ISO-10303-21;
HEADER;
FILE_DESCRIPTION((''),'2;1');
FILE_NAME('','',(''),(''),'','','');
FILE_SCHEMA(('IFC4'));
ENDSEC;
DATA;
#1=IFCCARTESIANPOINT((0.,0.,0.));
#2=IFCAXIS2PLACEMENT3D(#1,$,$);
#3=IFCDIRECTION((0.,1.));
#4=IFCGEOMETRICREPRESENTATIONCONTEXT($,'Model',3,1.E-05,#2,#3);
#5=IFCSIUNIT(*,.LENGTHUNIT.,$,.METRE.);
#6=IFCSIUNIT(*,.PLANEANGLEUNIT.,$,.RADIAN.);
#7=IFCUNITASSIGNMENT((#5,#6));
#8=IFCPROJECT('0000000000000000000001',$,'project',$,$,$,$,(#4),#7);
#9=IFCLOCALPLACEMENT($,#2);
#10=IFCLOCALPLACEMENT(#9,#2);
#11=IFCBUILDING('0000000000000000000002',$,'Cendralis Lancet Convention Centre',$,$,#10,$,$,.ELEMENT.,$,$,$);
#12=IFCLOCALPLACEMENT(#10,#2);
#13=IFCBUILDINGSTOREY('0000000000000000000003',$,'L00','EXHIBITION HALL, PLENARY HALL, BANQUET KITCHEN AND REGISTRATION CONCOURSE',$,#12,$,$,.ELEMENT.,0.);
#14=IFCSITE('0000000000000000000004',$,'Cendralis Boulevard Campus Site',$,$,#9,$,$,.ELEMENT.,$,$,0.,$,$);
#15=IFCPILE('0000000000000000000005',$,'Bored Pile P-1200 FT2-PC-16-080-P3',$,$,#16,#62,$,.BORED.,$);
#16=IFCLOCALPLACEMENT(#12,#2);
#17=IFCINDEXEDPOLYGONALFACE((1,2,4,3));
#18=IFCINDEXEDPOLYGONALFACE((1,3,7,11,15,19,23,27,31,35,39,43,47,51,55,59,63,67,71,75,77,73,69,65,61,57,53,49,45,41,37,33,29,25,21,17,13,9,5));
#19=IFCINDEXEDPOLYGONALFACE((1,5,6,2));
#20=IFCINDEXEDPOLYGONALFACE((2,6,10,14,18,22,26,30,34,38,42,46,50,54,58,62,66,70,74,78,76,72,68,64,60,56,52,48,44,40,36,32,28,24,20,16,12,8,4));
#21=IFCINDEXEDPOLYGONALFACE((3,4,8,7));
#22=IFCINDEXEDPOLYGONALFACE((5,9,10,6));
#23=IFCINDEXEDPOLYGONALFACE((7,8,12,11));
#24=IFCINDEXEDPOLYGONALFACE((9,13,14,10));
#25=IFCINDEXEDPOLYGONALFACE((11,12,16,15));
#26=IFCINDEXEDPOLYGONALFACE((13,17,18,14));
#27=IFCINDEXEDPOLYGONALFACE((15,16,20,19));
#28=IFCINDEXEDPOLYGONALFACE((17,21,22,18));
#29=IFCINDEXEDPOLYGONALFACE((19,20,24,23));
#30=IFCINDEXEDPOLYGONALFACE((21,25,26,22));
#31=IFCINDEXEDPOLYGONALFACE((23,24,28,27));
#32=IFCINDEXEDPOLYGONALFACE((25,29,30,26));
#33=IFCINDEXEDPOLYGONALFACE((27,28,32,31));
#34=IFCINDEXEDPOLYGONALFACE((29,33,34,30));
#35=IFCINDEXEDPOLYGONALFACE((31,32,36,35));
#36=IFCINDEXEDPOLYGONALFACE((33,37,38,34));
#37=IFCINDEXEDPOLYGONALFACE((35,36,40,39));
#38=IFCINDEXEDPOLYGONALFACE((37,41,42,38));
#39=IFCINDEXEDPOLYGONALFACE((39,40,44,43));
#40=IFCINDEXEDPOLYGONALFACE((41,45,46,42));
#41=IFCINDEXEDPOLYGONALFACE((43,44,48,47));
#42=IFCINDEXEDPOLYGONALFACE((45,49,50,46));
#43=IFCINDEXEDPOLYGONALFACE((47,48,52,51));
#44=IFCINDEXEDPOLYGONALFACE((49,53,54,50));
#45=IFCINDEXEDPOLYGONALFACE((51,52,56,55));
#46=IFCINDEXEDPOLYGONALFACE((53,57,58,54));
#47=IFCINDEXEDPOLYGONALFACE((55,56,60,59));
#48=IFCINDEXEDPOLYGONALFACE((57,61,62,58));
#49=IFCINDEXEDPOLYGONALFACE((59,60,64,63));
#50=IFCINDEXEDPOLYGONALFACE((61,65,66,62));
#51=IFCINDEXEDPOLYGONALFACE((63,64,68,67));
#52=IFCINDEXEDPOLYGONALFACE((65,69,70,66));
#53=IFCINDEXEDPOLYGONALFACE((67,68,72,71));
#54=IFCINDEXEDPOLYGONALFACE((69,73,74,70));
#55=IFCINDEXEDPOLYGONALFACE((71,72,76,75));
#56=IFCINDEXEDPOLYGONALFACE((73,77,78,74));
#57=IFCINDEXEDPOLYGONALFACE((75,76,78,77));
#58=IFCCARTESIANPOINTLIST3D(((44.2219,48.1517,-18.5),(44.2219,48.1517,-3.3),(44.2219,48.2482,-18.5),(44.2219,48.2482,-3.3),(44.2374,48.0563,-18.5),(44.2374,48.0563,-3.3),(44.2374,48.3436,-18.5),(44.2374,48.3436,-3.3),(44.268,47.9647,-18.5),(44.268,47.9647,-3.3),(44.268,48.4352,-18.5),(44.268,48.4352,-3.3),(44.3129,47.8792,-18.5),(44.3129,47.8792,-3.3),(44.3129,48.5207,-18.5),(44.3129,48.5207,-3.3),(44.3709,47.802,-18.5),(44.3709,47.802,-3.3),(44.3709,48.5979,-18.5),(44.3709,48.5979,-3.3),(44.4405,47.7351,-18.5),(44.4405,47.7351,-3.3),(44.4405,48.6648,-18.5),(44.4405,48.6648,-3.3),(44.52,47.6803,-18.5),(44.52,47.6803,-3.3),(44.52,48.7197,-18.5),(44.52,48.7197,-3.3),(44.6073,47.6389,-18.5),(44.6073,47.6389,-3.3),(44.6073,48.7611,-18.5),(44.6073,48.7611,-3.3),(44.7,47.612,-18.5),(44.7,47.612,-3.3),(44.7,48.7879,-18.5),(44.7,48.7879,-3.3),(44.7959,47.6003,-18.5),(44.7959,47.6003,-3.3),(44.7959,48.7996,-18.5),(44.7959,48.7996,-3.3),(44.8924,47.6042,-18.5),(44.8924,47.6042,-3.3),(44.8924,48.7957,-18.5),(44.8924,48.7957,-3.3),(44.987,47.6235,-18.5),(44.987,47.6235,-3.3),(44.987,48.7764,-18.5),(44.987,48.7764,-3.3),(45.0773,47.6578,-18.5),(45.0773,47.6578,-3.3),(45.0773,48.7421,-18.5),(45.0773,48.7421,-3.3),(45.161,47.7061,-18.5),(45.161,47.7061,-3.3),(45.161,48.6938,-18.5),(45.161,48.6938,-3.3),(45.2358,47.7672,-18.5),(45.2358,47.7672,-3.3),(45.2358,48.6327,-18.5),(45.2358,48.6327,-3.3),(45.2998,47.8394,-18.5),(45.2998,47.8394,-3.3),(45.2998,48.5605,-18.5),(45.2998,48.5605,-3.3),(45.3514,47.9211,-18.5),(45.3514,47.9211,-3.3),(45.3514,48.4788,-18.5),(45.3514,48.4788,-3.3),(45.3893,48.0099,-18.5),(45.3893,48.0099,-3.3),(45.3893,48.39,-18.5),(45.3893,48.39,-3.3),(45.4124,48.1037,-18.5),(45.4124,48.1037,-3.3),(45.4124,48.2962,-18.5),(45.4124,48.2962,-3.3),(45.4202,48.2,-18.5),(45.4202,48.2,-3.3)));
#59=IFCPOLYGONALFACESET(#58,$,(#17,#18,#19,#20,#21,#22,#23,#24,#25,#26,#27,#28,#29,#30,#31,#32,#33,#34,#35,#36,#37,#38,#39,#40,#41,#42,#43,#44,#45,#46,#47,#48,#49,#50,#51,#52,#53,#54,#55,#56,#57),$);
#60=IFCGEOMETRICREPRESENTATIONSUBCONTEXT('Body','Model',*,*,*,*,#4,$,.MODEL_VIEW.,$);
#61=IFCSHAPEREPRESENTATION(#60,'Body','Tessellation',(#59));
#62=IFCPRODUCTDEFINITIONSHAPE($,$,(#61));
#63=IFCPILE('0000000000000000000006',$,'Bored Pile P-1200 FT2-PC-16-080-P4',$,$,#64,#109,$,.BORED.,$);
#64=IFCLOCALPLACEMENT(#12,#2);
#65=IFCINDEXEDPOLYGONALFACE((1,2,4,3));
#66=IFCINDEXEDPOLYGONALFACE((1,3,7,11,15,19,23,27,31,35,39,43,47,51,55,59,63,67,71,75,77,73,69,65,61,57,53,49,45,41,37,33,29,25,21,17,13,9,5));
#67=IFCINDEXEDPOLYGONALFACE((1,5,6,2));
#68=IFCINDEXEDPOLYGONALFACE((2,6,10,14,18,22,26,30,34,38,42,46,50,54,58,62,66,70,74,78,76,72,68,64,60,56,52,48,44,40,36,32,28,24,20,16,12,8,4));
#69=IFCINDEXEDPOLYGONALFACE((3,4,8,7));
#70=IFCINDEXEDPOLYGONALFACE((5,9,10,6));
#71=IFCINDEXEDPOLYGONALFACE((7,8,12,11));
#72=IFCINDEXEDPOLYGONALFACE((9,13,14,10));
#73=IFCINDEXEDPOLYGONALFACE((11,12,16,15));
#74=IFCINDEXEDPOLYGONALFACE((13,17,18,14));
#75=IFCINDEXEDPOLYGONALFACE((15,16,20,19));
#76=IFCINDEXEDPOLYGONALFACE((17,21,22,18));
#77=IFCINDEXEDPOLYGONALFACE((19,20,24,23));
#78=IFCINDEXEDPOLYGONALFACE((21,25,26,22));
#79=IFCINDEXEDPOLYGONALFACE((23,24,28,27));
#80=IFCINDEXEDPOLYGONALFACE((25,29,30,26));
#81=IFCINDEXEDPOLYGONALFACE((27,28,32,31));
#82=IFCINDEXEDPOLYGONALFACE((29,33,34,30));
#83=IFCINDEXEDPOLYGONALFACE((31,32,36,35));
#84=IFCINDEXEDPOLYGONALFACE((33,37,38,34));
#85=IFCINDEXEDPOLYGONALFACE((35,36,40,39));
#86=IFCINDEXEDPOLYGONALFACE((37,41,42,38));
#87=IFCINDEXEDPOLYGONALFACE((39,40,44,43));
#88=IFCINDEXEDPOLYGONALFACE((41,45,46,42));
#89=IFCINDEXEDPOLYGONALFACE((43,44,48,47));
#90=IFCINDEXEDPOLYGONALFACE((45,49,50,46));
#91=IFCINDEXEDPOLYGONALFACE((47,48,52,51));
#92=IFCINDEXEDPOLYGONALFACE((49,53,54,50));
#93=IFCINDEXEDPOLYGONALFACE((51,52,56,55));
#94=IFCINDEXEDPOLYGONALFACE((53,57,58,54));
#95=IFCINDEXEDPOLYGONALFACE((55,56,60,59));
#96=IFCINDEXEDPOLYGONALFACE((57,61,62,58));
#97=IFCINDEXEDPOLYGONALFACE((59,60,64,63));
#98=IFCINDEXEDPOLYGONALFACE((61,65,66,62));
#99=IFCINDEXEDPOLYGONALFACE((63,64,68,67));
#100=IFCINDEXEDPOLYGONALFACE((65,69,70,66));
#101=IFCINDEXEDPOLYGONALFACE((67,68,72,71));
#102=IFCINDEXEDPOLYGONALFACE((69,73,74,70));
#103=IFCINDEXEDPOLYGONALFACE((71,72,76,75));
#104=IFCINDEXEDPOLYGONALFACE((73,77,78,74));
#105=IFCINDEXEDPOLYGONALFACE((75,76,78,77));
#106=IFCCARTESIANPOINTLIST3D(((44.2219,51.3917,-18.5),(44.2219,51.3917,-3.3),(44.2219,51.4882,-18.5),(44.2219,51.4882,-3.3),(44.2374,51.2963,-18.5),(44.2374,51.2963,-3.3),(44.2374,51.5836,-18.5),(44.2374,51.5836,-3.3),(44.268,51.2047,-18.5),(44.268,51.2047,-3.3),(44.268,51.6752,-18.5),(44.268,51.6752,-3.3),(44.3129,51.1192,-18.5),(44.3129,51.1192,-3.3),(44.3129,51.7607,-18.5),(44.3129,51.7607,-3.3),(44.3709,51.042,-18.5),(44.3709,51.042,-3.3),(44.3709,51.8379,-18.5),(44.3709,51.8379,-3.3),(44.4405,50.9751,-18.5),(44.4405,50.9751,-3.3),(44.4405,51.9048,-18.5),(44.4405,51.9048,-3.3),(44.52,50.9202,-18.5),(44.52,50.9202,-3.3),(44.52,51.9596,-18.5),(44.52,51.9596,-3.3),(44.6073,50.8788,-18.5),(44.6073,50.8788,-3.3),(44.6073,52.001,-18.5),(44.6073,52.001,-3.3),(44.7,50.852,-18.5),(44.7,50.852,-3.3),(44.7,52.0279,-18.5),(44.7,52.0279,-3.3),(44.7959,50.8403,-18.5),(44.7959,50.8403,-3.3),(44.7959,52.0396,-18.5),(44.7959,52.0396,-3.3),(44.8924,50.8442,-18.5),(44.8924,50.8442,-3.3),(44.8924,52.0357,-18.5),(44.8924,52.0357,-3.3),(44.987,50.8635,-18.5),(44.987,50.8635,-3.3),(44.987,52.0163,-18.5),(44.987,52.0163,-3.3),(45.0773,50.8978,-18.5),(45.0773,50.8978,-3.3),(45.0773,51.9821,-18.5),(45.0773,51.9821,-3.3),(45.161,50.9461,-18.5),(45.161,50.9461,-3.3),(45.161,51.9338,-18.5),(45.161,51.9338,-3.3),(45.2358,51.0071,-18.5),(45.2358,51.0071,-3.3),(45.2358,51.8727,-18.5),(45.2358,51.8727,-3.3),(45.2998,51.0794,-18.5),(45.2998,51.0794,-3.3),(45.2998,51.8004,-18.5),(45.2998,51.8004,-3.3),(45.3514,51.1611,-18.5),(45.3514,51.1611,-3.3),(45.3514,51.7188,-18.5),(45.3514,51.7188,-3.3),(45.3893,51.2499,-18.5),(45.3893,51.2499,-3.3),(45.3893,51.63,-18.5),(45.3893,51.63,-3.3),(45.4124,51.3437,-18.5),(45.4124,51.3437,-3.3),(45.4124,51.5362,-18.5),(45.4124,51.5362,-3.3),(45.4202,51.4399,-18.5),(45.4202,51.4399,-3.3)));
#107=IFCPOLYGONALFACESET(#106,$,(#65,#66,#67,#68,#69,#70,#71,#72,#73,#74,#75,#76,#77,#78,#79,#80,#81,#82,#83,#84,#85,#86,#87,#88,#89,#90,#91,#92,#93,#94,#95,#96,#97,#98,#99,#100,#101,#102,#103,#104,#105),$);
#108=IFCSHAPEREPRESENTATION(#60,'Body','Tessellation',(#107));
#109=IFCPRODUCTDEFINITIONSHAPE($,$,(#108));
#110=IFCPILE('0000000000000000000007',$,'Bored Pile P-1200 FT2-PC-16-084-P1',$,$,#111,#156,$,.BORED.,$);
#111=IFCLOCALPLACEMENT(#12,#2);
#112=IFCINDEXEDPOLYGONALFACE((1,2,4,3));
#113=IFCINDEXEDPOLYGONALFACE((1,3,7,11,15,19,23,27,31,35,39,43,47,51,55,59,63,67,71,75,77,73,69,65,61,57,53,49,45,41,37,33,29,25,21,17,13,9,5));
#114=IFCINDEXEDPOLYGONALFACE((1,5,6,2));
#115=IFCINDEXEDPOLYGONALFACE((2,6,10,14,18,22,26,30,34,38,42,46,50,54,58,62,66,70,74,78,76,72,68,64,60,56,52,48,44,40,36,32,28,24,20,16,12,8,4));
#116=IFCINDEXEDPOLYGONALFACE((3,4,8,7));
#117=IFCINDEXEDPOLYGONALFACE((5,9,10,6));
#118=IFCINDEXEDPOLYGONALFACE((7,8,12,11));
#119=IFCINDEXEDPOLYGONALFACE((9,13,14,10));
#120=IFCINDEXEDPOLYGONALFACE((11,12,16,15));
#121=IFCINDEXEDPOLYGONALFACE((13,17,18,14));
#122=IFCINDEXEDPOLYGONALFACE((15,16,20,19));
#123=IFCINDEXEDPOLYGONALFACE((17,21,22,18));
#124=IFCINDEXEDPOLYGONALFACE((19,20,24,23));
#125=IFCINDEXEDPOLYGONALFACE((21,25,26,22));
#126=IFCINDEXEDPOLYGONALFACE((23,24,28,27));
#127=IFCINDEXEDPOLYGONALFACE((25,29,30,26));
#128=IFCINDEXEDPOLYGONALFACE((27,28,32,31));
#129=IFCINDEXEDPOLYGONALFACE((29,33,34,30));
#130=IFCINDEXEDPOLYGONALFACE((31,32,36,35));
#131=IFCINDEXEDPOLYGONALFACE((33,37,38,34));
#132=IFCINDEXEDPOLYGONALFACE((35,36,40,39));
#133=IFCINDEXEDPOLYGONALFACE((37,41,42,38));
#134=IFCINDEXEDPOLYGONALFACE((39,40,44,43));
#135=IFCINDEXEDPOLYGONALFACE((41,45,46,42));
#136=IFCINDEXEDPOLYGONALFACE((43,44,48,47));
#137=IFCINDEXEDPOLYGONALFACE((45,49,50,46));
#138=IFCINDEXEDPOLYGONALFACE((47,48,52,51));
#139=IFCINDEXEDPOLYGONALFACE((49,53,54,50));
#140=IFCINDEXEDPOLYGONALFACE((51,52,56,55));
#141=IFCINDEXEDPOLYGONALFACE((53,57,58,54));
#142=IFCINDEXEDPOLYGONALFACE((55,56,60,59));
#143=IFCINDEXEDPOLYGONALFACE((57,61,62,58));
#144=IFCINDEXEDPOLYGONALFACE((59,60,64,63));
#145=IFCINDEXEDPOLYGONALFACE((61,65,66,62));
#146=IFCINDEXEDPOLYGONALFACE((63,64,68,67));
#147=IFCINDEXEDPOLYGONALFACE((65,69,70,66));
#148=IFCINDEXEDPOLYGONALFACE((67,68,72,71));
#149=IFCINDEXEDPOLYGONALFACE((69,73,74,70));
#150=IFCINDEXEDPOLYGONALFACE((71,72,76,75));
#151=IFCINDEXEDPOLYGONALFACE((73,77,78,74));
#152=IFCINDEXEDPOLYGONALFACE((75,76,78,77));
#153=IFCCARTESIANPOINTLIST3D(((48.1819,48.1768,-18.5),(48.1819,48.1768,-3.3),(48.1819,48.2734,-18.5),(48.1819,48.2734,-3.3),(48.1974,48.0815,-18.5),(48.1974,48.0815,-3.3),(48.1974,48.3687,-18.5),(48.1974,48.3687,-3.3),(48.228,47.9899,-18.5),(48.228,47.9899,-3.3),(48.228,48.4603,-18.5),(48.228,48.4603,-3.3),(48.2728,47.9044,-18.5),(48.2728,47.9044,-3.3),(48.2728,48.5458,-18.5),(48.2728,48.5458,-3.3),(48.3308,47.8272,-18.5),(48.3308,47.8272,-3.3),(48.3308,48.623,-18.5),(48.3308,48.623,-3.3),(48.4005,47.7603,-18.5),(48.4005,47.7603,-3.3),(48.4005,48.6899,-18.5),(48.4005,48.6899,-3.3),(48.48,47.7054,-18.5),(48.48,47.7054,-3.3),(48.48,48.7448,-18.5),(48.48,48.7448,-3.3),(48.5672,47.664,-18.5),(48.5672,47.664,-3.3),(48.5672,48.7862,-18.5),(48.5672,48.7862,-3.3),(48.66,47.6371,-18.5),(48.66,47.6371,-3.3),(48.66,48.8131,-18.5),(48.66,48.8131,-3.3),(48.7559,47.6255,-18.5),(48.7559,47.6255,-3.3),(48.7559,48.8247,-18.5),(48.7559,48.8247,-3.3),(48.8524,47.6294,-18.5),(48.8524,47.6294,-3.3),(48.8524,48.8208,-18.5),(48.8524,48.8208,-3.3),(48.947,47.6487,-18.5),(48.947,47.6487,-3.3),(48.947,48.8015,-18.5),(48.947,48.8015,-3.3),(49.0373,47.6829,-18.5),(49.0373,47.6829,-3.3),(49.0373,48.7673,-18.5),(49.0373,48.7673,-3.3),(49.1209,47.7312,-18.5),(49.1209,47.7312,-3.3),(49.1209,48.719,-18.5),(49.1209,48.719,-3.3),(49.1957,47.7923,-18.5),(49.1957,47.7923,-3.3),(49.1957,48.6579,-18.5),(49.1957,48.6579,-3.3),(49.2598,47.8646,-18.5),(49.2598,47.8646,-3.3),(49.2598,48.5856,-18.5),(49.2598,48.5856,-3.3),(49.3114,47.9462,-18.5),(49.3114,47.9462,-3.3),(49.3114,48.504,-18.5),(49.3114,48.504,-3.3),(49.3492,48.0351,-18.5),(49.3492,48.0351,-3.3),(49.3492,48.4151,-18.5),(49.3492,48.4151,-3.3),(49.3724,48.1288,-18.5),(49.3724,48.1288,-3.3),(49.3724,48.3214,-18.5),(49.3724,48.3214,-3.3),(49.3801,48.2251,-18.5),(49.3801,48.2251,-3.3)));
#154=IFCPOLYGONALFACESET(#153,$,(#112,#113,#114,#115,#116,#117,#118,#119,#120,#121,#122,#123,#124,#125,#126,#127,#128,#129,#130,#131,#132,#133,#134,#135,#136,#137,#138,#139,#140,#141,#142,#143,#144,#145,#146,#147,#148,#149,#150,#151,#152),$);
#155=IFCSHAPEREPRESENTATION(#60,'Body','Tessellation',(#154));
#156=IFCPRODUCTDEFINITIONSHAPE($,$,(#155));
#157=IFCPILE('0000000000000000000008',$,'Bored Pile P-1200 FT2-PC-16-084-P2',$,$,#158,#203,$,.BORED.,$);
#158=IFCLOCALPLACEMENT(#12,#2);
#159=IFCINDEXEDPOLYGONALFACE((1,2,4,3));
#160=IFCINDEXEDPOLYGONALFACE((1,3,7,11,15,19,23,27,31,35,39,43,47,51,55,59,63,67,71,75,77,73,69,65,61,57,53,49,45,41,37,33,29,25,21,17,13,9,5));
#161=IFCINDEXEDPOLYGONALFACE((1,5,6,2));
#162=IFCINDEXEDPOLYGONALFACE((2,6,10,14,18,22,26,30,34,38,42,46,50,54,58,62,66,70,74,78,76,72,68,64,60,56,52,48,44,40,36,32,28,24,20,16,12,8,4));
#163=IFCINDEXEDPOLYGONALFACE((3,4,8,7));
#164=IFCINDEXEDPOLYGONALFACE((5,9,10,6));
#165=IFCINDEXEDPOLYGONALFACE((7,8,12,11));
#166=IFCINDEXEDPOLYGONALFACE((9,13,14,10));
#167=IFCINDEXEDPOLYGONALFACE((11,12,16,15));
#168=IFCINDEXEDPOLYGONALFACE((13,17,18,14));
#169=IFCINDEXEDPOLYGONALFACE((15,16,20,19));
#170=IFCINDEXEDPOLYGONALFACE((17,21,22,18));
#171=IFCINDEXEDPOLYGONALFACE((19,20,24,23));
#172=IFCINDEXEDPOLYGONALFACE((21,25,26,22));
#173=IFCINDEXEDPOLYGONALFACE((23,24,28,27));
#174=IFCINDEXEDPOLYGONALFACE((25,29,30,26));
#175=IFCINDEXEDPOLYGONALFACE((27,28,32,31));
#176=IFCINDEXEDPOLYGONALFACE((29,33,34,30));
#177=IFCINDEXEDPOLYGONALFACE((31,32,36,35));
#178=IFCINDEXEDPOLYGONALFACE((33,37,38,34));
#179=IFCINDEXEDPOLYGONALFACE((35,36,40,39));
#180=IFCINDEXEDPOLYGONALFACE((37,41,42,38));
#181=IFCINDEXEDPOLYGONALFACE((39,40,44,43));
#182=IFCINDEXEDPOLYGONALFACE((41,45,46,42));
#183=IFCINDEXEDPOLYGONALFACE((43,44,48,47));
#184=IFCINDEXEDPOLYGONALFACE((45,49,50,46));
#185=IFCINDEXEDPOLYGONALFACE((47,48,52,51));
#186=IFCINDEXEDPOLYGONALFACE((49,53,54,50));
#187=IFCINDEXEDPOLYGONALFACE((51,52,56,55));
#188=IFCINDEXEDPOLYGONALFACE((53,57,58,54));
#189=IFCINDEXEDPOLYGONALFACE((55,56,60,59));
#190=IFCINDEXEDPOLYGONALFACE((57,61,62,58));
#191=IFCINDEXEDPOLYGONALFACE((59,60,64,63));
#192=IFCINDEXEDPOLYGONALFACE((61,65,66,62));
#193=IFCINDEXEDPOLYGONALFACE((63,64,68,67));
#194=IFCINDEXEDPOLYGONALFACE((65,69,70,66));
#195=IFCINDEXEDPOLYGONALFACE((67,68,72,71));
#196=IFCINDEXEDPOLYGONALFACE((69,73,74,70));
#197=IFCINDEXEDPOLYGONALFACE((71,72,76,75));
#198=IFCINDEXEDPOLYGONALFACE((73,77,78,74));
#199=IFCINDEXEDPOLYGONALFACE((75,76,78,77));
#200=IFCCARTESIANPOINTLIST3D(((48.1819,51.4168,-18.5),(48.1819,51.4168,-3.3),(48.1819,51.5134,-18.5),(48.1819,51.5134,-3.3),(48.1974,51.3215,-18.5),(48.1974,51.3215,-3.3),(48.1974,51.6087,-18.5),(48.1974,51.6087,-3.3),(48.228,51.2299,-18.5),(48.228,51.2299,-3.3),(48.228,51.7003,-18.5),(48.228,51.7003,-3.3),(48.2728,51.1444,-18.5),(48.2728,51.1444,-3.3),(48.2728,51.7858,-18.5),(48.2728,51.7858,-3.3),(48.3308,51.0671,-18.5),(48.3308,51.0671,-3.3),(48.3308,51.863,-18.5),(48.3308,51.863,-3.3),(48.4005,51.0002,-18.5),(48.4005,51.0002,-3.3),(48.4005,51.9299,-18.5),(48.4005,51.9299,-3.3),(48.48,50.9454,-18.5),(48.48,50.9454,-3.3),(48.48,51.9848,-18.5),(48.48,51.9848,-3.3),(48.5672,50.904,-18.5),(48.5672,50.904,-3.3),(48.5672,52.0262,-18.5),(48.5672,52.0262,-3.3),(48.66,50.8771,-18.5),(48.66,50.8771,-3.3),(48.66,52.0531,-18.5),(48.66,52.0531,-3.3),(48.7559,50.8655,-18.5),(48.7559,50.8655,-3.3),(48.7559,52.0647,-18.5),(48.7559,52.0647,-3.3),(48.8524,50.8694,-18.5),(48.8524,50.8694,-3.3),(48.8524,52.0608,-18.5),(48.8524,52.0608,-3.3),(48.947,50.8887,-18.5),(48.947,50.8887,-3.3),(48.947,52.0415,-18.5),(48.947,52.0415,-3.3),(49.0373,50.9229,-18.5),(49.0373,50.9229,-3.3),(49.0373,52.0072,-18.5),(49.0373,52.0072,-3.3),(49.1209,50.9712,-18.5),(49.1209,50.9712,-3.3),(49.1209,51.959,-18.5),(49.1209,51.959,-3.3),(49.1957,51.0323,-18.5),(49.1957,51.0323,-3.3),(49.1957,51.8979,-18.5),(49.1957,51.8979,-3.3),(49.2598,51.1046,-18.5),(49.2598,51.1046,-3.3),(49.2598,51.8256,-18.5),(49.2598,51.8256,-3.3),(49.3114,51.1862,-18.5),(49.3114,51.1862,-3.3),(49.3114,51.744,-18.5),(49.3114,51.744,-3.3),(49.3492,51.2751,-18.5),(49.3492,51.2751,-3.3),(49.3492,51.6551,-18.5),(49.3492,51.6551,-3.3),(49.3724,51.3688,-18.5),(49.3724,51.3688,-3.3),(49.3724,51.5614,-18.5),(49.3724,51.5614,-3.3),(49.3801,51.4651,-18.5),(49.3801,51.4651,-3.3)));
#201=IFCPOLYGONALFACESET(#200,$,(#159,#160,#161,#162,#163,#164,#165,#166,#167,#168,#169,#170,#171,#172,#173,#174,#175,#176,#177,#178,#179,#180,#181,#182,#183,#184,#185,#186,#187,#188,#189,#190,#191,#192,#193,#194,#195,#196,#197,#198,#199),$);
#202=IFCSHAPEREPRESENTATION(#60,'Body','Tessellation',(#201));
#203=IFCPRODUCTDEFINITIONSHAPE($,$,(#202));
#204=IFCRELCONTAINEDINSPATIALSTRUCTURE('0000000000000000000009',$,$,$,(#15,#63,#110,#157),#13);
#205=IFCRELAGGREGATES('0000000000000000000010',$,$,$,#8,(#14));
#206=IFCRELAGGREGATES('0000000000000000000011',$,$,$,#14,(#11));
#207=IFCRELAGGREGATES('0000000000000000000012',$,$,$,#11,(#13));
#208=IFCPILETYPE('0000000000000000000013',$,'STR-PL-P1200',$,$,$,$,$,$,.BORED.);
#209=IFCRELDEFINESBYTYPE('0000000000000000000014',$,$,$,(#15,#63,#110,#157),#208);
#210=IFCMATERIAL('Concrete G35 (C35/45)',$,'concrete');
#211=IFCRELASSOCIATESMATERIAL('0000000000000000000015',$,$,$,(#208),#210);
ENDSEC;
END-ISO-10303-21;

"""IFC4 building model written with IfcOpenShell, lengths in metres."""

from ifc_helpers import new_model, si_unit, direction, frame, origin, origin_2d, place, context, subcontext, project, spatial, circle, extrude, material, material_profile, profile_set, type_object, element, save


model = new_model("IFC4")

# Units and contexts
model_context = context("Model", 3, precision=1e-05, world=origin(), true_north=direction((0.0, 1.0)))
body_context = subcontext(model_context, "Body", "Model", "MODEL_VIEW")
ifc_project = project(units=[si_unit("LENGTHUNIT", "METRE"), si_unit("PLANEANGLEUNIT", "RADIAN")], contexts=[model_context])

# Site, building, storey
site_placement = place(None, origin())
site = spatial("IfcSite", under=ifc_project, at=site_placement, Name="Cendralis Boulevard Campus Site", CompositionType="ELEMENT", RefElevation=0.0)
building_placement = place(site_placement, origin())
building = spatial("IfcBuilding", under=site, at=building_placement, Name="Cendralis Lancet Convention Centre", CompositionType="ELEMENT")
storey_placement = place(building_placement, origin())
storey = spatial("IfcBuildingStorey", under=building, at=storey_placement, Name="L00", Description="EXHIBITION HALL, PLENARY HALL, BANQUET KITCHEN AND REGISTRATION CONCOURSE", CompositionType="ELEMENT", Elevation=0.0)

# Shared definitions
ifc_material_1 = material(Name="Concrete G35 (C35/45)", Category="concrete")

# Piles
ifc_material_profile_1 = material_profile(ifc_material_1, circle(Radius=0.6001, at=origin_2d()), Name="BORED PILE D1200")
ifc_profile_set_1 = profile_set([ifc_material_profile_1], Name="Concrete G35 (C35/45)")
pile_type_1 = type_object("IfcPileType", Name="STR-PL-P1200", PredefinedType="BORED", material=ifc_profile_set_1)
for number, where, z_axis, x_axis, name in (
    (1, (44.8201, 48.2, -3.3), (0.0, 0.0, -1.0), (1.0, 0.0, 0.0), "Bored Pile P-1200 FT2-PC-16-080-P3"),
    (2, (44.8201, 51.4399, -3.3), (0.0, 0.0, -1.0), (1.0, 0.0, 0.0), "Bored Pile P-1200 FT2-PC-16-080-P4"),
    (3, (48.78, 48.2251, -3.3), (0.0, 0.0, -1.0), (1.0, 0.0, 0.0), "Bored Pile P-1200 FT2-PC-16-084-P1"),
    (4, (48.78, 51.4651, -3.3), (0.0, 0.0, -1.0), (1.0, 0.0, 0.0), "Bored Pile P-1200 FT2-PC-16-084-P2"),
):
    element("IfcPile", number, at=place(storey_placement, frame(where, z_axis=z_axis, x_axis=x_axis)), inside=storey, type_object=pile_type_1, Name=name, PredefinedType="BORED", context=body_context, shape_type="SweptSolid", body=[
        extrude(circle(Radius=0.6001, at=origin_2d()), origin(), (0.0, 0.0, 1.0), 15.2),
    ])

save(model, "model.ifc")
